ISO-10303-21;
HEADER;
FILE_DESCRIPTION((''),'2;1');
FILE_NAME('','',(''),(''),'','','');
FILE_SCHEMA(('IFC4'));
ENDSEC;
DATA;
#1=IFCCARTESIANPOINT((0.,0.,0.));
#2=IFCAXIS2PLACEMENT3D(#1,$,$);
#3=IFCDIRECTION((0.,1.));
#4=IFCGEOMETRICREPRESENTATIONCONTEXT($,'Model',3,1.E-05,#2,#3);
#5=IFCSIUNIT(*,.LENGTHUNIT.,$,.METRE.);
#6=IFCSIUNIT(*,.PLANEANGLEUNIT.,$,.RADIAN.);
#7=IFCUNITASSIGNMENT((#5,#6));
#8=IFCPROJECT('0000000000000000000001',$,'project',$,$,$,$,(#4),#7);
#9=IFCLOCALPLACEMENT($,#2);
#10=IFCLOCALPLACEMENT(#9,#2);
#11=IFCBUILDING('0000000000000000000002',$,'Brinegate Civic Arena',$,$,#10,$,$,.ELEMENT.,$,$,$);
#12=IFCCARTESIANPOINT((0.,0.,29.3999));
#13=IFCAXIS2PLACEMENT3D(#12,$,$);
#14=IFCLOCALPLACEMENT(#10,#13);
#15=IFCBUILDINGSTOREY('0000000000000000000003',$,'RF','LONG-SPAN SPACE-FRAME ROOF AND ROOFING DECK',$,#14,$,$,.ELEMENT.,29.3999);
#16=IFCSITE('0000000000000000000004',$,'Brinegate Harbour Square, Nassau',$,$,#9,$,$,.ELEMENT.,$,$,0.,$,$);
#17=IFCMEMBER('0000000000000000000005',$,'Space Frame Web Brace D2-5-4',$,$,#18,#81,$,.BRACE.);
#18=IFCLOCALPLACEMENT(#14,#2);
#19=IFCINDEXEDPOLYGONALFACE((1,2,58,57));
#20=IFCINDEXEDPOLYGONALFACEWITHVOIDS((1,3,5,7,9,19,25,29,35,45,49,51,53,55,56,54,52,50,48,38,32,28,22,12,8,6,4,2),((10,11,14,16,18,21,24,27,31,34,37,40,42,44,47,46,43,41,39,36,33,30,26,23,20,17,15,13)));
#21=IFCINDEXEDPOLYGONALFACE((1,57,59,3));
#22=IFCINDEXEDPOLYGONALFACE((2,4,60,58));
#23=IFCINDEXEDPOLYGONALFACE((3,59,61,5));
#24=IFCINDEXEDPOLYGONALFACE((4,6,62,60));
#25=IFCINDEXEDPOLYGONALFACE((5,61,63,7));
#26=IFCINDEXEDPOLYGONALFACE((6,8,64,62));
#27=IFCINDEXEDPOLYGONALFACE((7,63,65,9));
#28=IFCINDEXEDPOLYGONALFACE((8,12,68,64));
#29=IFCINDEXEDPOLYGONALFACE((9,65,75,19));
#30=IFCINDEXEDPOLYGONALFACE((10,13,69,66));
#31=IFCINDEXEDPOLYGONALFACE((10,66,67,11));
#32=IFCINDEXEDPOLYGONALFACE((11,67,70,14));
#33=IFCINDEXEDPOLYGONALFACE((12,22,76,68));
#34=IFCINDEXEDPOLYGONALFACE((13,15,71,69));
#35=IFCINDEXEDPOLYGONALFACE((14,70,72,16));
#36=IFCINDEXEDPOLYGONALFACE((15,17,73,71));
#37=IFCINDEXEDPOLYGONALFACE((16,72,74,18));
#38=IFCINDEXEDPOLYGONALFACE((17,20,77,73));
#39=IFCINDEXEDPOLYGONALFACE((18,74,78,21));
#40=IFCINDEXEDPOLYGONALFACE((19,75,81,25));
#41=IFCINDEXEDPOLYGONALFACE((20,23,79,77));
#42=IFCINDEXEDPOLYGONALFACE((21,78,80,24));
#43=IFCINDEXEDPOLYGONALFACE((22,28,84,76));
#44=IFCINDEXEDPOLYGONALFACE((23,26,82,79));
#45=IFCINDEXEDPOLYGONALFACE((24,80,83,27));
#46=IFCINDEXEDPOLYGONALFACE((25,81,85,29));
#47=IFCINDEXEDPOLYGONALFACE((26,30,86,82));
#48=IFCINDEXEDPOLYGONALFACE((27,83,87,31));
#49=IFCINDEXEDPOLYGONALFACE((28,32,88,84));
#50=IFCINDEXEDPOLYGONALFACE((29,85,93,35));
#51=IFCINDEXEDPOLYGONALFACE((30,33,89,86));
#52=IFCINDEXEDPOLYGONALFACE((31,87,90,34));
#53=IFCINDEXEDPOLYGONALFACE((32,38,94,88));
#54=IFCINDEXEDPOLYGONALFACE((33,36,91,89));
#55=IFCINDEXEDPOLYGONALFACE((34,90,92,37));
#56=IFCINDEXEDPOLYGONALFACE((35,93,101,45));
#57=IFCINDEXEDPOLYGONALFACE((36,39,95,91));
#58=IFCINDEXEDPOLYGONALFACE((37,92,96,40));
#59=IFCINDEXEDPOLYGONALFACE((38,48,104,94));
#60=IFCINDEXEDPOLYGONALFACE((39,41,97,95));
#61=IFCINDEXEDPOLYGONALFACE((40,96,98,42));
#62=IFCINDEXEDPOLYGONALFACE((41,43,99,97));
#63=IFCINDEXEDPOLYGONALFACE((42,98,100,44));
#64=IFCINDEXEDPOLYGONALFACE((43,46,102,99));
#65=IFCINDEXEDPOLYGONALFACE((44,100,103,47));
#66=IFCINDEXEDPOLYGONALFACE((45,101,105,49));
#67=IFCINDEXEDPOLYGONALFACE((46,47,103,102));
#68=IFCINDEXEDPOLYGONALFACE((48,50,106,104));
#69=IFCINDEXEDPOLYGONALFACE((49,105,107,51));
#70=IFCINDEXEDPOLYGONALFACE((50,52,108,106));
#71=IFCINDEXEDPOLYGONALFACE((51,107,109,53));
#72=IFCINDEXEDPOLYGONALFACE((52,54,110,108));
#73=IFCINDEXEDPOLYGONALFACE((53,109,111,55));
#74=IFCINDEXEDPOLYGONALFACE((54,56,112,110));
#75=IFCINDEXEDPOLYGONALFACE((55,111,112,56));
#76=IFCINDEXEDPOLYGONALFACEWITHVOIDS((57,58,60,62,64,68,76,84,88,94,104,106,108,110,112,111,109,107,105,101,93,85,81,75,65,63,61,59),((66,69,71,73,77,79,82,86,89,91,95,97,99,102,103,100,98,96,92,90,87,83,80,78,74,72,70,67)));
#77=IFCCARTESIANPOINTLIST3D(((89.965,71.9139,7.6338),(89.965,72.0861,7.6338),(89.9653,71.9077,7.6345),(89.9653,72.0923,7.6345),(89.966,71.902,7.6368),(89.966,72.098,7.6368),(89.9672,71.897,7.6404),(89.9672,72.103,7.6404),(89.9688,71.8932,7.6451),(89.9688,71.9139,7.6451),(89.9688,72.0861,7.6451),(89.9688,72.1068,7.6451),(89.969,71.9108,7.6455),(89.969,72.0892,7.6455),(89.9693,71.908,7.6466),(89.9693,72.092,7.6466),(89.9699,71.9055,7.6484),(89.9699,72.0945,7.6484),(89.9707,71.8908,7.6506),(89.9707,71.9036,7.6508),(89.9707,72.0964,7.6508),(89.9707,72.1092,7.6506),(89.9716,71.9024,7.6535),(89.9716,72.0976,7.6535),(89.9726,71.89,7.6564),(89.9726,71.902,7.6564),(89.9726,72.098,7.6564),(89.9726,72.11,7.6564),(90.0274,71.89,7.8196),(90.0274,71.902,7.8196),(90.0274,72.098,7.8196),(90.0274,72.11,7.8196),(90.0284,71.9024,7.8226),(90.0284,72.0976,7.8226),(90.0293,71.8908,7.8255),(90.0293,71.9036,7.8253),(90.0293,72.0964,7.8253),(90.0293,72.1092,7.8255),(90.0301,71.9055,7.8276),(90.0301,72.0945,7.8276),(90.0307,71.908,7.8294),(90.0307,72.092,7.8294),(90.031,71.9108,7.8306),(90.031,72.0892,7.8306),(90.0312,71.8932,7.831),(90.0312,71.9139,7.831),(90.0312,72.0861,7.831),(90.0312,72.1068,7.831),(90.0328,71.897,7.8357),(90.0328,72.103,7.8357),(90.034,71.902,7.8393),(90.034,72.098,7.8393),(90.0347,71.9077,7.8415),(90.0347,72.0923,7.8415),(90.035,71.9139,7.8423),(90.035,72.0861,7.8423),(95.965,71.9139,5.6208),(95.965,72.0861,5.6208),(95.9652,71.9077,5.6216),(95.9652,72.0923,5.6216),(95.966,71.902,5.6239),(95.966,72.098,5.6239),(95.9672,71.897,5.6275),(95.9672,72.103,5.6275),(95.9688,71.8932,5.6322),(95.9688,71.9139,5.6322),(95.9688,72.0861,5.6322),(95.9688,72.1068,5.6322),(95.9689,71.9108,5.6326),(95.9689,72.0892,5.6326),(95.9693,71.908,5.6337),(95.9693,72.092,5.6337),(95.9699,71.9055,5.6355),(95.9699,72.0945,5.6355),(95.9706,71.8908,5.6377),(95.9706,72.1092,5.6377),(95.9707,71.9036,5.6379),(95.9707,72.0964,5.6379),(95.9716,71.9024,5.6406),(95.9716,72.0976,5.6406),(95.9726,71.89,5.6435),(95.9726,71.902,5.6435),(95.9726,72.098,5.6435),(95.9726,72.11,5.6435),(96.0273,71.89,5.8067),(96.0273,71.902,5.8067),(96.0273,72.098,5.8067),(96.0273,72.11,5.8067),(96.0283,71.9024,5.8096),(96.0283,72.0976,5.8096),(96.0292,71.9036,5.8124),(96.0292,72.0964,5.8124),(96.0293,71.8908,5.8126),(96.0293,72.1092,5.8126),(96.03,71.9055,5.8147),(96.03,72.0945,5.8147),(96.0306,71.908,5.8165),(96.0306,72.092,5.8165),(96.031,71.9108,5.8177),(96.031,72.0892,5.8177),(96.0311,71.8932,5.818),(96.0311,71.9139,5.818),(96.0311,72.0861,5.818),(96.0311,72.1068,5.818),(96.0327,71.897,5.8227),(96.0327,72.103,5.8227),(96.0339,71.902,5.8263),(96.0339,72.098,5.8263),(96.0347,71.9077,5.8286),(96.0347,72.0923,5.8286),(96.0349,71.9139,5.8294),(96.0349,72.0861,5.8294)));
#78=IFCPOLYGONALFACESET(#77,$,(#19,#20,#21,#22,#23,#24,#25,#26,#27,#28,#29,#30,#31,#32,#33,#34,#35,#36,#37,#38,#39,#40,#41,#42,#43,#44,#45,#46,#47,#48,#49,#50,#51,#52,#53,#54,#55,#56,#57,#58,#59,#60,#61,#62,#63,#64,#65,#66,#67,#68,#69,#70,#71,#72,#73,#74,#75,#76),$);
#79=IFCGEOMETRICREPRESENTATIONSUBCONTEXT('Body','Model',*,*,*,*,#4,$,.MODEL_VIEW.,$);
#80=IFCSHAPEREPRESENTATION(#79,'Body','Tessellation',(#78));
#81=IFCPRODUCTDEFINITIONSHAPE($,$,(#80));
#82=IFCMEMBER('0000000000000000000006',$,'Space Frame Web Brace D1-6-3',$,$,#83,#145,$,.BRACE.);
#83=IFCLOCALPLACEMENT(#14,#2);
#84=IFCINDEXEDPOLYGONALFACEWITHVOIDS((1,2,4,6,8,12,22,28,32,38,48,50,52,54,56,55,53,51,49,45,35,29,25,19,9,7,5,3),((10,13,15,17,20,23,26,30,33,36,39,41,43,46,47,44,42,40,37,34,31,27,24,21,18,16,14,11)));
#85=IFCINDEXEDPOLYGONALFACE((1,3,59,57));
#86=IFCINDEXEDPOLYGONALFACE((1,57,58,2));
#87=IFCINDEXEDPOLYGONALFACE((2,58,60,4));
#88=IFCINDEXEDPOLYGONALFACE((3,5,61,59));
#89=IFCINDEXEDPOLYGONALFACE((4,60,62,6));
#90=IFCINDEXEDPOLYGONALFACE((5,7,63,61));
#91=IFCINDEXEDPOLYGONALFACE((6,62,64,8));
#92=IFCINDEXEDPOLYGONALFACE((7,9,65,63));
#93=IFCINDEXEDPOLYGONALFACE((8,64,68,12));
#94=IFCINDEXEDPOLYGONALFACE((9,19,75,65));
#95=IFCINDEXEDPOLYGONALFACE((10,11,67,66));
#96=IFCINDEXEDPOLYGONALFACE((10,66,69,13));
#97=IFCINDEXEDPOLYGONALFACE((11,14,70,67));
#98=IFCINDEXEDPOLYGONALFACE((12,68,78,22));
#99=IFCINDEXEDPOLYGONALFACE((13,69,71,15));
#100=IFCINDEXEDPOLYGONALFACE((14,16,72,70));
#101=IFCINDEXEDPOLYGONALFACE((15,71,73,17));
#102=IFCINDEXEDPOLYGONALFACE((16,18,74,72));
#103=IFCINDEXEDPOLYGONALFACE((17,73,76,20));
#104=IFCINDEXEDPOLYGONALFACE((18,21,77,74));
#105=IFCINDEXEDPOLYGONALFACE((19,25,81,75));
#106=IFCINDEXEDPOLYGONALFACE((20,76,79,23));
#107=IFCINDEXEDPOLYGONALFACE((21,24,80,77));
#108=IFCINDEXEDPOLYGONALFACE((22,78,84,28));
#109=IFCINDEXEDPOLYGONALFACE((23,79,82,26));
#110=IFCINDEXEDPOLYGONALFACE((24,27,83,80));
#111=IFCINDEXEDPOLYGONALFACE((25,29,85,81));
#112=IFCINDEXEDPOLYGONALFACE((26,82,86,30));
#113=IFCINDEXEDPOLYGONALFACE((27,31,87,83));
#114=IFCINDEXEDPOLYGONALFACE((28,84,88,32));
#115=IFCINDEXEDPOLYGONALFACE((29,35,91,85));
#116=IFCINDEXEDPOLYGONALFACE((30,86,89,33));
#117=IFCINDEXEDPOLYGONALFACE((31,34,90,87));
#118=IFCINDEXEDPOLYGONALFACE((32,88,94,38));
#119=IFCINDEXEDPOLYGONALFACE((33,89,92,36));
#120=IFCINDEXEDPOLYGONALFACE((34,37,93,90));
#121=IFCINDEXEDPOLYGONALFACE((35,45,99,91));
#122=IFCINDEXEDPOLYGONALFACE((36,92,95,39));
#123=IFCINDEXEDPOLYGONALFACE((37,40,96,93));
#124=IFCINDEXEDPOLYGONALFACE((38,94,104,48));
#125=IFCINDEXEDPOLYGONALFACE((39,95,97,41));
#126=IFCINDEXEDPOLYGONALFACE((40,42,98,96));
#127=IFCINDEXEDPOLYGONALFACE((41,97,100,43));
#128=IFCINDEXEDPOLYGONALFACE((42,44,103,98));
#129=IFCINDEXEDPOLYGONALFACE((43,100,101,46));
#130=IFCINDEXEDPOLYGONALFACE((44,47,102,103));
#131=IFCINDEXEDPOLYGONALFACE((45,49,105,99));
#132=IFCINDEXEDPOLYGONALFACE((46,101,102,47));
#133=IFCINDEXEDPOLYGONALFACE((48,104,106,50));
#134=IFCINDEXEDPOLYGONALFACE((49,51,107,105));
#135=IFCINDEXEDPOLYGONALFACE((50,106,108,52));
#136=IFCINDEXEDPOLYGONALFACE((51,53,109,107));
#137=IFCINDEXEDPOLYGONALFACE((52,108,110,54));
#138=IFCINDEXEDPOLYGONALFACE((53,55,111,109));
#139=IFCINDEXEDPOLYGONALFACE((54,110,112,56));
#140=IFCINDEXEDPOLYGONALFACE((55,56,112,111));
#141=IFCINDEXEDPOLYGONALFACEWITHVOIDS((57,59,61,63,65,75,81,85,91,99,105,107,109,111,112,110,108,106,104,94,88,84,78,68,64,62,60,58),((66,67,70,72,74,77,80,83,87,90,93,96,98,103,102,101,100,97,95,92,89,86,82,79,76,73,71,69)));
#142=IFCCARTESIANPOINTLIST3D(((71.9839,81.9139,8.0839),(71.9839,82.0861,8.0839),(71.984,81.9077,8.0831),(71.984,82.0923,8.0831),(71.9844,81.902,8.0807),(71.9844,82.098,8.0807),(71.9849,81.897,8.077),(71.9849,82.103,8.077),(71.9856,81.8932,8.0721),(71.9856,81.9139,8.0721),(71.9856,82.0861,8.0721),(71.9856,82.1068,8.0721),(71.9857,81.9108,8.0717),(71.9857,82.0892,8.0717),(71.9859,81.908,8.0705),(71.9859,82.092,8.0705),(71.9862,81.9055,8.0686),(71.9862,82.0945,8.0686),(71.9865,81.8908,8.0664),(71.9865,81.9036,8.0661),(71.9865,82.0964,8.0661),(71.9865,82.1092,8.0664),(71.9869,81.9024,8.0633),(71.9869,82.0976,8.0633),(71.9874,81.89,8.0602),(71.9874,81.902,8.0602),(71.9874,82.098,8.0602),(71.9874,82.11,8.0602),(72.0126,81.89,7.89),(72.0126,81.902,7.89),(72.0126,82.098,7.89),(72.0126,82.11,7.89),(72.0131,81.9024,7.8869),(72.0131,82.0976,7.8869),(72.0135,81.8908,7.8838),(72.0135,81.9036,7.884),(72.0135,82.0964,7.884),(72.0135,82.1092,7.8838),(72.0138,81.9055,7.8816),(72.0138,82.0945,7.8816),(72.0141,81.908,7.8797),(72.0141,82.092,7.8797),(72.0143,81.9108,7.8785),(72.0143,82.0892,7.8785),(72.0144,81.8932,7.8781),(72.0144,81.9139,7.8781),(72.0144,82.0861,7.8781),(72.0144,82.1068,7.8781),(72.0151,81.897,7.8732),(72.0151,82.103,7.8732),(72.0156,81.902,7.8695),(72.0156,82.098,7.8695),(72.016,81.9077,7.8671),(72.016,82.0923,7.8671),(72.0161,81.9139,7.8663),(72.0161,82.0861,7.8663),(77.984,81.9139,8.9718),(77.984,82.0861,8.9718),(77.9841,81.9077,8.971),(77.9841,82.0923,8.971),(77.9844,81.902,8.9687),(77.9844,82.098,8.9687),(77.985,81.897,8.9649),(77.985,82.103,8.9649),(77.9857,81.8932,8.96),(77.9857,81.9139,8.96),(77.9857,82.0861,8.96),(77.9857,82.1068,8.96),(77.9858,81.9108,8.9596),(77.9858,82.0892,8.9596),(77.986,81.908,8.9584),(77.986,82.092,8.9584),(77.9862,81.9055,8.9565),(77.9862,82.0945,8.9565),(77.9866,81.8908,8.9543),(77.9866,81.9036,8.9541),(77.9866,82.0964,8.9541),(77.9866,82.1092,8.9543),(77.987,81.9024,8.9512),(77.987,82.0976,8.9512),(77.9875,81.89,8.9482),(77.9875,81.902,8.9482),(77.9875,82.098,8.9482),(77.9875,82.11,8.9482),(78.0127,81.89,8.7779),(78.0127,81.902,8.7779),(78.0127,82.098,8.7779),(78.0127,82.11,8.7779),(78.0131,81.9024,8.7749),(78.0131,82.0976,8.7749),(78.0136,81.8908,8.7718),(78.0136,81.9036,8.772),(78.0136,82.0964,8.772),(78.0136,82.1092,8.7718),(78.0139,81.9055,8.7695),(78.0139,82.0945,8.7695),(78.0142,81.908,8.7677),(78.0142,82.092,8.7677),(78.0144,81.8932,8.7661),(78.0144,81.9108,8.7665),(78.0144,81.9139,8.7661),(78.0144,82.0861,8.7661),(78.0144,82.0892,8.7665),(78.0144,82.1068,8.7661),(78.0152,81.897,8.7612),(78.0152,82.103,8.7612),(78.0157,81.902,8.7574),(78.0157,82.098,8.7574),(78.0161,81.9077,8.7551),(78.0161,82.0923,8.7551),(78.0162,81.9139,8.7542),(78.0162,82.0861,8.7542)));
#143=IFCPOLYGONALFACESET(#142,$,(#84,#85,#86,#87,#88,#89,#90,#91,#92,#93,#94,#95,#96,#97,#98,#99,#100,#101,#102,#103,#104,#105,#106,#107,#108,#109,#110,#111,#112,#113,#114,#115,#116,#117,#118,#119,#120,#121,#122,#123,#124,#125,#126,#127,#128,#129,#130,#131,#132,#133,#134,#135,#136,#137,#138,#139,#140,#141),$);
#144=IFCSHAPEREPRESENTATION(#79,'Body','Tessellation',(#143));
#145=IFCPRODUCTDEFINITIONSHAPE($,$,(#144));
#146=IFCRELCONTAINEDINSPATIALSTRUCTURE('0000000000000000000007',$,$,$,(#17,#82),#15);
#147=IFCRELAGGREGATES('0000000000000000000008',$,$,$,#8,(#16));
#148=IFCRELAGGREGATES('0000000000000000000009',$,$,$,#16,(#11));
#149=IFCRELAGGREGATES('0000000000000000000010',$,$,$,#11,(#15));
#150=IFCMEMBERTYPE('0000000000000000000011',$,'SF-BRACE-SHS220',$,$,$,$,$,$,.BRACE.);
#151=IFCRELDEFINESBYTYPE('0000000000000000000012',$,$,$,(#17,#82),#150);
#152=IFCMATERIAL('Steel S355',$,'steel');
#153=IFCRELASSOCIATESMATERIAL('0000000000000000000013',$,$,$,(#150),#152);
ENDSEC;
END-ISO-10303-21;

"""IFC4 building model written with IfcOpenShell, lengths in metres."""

from ifc_helpers import new_model, si_unit, direction, frame, origin, origin_2d, place, context, subcontext, project, spatial, hollow_rectangle, extrude, material, material_profile, profile_set, type_object, element, save


model = new_model("IFC4")

# Units and contexts
model_context = context("Model", 3, precision=1e-05, world=origin(), true_north=direction((0.0, 1.0)))
body_context = subcontext(model_context, "Body", "Model", "MODEL_VIEW")
ifc_project = project(units=[si_unit("LENGTHUNIT", "METRE"), si_unit("PLANEANGLEUNIT", "RADIAN")], contexts=[model_context])

# Site, building, storey
site_placement = place(None, origin())
site = spatial("IfcSite", under=ifc_project, at=site_placement, Name="Brinegate Harbour Square, Nassau", CompositionType="ELEMENT", RefElevation=0.0)
building_placement = place(site_placement, origin())
building = spatial("IfcBuilding", under=site, at=building_placement, Name="Brinegate Civic Arena", CompositionType="ELEMENT")
storey_placement = place(building_placement, frame((0.0, 0.0, 29.3999)))
storey = spatial("IfcBuildingStorey", under=building, at=storey_placement, Name="RF", Description="LONG-SPAN SPACE-FRAME ROOF AND ROOFING DECK", CompositionType="ELEMENT", Elevation=29.3999)

# Members
ifc_material = material(Name="Steel S355", Category="steel")
ifc_material_profile_1 = material_profile(ifc_material, hollow_rectangle(XDim=0.22, YDim=0.22, WallThickness=0.012, InnerFilletRadius=0.012, OuterFilletRadius=0.0239, at=origin_2d()), Name="SHS220X12")
ifc_profile_set_1 = profile_set([ifc_material_profile_1], Name="Steel S355")
member_type_1 = type_object("IfcMemberType", Name="SF-BRACE-SHS220", PredefinedType="BRACE", material=ifc_profile_set_1)
member_1_placement = place(storey_placement, frame((90.0, 72.0, 7.738), z_axis=(0.948068, 0.0, -0.318067), x_axis=(0.0, 1.0, 0.0)))
element("IfcMember", 1, at=member_1_placement, inside=storey, type_object=member_type_1, Name="Space Frame Web Brace D2-5-4", PredefinedType="BRACE", context=body_context, shape_type="SweptSolid", body=[
    extrude(hollow_rectangle(XDim=0.22, YDim=0.22, WallThickness=0.012, InnerFilletRadius=0.012, OuterFilletRadius=0.0239, at=origin_2d()), origin(), (0.0, 0.0, 1.0), 6.3286),
])
member_2_placement = place(storey_placement, frame((72.0, 82.0, 7.9751), z_axis=(0.989226, 0.0, 0.146395), x_axis=(0.0, 1.0, 0.0)))
element("IfcMember", 2, at=member_2_placement, inside=storey, type_object=member_type_1, Name="Space Frame Web Brace D1-6-3", PredefinedType="BRACE", context=body_context, shape_type="SweptSolid", body=[
    extrude(hollow_rectangle(XDim=0.22, YDim=0.22, WallThickness=0.012, InnerFilletRadius=0.012, OuterFilletRadius=0.0239, at=origin_2d()), origin(), (0.0, 0.0, 1.0), 6.0654),
])

save(model, "model.ifc")
